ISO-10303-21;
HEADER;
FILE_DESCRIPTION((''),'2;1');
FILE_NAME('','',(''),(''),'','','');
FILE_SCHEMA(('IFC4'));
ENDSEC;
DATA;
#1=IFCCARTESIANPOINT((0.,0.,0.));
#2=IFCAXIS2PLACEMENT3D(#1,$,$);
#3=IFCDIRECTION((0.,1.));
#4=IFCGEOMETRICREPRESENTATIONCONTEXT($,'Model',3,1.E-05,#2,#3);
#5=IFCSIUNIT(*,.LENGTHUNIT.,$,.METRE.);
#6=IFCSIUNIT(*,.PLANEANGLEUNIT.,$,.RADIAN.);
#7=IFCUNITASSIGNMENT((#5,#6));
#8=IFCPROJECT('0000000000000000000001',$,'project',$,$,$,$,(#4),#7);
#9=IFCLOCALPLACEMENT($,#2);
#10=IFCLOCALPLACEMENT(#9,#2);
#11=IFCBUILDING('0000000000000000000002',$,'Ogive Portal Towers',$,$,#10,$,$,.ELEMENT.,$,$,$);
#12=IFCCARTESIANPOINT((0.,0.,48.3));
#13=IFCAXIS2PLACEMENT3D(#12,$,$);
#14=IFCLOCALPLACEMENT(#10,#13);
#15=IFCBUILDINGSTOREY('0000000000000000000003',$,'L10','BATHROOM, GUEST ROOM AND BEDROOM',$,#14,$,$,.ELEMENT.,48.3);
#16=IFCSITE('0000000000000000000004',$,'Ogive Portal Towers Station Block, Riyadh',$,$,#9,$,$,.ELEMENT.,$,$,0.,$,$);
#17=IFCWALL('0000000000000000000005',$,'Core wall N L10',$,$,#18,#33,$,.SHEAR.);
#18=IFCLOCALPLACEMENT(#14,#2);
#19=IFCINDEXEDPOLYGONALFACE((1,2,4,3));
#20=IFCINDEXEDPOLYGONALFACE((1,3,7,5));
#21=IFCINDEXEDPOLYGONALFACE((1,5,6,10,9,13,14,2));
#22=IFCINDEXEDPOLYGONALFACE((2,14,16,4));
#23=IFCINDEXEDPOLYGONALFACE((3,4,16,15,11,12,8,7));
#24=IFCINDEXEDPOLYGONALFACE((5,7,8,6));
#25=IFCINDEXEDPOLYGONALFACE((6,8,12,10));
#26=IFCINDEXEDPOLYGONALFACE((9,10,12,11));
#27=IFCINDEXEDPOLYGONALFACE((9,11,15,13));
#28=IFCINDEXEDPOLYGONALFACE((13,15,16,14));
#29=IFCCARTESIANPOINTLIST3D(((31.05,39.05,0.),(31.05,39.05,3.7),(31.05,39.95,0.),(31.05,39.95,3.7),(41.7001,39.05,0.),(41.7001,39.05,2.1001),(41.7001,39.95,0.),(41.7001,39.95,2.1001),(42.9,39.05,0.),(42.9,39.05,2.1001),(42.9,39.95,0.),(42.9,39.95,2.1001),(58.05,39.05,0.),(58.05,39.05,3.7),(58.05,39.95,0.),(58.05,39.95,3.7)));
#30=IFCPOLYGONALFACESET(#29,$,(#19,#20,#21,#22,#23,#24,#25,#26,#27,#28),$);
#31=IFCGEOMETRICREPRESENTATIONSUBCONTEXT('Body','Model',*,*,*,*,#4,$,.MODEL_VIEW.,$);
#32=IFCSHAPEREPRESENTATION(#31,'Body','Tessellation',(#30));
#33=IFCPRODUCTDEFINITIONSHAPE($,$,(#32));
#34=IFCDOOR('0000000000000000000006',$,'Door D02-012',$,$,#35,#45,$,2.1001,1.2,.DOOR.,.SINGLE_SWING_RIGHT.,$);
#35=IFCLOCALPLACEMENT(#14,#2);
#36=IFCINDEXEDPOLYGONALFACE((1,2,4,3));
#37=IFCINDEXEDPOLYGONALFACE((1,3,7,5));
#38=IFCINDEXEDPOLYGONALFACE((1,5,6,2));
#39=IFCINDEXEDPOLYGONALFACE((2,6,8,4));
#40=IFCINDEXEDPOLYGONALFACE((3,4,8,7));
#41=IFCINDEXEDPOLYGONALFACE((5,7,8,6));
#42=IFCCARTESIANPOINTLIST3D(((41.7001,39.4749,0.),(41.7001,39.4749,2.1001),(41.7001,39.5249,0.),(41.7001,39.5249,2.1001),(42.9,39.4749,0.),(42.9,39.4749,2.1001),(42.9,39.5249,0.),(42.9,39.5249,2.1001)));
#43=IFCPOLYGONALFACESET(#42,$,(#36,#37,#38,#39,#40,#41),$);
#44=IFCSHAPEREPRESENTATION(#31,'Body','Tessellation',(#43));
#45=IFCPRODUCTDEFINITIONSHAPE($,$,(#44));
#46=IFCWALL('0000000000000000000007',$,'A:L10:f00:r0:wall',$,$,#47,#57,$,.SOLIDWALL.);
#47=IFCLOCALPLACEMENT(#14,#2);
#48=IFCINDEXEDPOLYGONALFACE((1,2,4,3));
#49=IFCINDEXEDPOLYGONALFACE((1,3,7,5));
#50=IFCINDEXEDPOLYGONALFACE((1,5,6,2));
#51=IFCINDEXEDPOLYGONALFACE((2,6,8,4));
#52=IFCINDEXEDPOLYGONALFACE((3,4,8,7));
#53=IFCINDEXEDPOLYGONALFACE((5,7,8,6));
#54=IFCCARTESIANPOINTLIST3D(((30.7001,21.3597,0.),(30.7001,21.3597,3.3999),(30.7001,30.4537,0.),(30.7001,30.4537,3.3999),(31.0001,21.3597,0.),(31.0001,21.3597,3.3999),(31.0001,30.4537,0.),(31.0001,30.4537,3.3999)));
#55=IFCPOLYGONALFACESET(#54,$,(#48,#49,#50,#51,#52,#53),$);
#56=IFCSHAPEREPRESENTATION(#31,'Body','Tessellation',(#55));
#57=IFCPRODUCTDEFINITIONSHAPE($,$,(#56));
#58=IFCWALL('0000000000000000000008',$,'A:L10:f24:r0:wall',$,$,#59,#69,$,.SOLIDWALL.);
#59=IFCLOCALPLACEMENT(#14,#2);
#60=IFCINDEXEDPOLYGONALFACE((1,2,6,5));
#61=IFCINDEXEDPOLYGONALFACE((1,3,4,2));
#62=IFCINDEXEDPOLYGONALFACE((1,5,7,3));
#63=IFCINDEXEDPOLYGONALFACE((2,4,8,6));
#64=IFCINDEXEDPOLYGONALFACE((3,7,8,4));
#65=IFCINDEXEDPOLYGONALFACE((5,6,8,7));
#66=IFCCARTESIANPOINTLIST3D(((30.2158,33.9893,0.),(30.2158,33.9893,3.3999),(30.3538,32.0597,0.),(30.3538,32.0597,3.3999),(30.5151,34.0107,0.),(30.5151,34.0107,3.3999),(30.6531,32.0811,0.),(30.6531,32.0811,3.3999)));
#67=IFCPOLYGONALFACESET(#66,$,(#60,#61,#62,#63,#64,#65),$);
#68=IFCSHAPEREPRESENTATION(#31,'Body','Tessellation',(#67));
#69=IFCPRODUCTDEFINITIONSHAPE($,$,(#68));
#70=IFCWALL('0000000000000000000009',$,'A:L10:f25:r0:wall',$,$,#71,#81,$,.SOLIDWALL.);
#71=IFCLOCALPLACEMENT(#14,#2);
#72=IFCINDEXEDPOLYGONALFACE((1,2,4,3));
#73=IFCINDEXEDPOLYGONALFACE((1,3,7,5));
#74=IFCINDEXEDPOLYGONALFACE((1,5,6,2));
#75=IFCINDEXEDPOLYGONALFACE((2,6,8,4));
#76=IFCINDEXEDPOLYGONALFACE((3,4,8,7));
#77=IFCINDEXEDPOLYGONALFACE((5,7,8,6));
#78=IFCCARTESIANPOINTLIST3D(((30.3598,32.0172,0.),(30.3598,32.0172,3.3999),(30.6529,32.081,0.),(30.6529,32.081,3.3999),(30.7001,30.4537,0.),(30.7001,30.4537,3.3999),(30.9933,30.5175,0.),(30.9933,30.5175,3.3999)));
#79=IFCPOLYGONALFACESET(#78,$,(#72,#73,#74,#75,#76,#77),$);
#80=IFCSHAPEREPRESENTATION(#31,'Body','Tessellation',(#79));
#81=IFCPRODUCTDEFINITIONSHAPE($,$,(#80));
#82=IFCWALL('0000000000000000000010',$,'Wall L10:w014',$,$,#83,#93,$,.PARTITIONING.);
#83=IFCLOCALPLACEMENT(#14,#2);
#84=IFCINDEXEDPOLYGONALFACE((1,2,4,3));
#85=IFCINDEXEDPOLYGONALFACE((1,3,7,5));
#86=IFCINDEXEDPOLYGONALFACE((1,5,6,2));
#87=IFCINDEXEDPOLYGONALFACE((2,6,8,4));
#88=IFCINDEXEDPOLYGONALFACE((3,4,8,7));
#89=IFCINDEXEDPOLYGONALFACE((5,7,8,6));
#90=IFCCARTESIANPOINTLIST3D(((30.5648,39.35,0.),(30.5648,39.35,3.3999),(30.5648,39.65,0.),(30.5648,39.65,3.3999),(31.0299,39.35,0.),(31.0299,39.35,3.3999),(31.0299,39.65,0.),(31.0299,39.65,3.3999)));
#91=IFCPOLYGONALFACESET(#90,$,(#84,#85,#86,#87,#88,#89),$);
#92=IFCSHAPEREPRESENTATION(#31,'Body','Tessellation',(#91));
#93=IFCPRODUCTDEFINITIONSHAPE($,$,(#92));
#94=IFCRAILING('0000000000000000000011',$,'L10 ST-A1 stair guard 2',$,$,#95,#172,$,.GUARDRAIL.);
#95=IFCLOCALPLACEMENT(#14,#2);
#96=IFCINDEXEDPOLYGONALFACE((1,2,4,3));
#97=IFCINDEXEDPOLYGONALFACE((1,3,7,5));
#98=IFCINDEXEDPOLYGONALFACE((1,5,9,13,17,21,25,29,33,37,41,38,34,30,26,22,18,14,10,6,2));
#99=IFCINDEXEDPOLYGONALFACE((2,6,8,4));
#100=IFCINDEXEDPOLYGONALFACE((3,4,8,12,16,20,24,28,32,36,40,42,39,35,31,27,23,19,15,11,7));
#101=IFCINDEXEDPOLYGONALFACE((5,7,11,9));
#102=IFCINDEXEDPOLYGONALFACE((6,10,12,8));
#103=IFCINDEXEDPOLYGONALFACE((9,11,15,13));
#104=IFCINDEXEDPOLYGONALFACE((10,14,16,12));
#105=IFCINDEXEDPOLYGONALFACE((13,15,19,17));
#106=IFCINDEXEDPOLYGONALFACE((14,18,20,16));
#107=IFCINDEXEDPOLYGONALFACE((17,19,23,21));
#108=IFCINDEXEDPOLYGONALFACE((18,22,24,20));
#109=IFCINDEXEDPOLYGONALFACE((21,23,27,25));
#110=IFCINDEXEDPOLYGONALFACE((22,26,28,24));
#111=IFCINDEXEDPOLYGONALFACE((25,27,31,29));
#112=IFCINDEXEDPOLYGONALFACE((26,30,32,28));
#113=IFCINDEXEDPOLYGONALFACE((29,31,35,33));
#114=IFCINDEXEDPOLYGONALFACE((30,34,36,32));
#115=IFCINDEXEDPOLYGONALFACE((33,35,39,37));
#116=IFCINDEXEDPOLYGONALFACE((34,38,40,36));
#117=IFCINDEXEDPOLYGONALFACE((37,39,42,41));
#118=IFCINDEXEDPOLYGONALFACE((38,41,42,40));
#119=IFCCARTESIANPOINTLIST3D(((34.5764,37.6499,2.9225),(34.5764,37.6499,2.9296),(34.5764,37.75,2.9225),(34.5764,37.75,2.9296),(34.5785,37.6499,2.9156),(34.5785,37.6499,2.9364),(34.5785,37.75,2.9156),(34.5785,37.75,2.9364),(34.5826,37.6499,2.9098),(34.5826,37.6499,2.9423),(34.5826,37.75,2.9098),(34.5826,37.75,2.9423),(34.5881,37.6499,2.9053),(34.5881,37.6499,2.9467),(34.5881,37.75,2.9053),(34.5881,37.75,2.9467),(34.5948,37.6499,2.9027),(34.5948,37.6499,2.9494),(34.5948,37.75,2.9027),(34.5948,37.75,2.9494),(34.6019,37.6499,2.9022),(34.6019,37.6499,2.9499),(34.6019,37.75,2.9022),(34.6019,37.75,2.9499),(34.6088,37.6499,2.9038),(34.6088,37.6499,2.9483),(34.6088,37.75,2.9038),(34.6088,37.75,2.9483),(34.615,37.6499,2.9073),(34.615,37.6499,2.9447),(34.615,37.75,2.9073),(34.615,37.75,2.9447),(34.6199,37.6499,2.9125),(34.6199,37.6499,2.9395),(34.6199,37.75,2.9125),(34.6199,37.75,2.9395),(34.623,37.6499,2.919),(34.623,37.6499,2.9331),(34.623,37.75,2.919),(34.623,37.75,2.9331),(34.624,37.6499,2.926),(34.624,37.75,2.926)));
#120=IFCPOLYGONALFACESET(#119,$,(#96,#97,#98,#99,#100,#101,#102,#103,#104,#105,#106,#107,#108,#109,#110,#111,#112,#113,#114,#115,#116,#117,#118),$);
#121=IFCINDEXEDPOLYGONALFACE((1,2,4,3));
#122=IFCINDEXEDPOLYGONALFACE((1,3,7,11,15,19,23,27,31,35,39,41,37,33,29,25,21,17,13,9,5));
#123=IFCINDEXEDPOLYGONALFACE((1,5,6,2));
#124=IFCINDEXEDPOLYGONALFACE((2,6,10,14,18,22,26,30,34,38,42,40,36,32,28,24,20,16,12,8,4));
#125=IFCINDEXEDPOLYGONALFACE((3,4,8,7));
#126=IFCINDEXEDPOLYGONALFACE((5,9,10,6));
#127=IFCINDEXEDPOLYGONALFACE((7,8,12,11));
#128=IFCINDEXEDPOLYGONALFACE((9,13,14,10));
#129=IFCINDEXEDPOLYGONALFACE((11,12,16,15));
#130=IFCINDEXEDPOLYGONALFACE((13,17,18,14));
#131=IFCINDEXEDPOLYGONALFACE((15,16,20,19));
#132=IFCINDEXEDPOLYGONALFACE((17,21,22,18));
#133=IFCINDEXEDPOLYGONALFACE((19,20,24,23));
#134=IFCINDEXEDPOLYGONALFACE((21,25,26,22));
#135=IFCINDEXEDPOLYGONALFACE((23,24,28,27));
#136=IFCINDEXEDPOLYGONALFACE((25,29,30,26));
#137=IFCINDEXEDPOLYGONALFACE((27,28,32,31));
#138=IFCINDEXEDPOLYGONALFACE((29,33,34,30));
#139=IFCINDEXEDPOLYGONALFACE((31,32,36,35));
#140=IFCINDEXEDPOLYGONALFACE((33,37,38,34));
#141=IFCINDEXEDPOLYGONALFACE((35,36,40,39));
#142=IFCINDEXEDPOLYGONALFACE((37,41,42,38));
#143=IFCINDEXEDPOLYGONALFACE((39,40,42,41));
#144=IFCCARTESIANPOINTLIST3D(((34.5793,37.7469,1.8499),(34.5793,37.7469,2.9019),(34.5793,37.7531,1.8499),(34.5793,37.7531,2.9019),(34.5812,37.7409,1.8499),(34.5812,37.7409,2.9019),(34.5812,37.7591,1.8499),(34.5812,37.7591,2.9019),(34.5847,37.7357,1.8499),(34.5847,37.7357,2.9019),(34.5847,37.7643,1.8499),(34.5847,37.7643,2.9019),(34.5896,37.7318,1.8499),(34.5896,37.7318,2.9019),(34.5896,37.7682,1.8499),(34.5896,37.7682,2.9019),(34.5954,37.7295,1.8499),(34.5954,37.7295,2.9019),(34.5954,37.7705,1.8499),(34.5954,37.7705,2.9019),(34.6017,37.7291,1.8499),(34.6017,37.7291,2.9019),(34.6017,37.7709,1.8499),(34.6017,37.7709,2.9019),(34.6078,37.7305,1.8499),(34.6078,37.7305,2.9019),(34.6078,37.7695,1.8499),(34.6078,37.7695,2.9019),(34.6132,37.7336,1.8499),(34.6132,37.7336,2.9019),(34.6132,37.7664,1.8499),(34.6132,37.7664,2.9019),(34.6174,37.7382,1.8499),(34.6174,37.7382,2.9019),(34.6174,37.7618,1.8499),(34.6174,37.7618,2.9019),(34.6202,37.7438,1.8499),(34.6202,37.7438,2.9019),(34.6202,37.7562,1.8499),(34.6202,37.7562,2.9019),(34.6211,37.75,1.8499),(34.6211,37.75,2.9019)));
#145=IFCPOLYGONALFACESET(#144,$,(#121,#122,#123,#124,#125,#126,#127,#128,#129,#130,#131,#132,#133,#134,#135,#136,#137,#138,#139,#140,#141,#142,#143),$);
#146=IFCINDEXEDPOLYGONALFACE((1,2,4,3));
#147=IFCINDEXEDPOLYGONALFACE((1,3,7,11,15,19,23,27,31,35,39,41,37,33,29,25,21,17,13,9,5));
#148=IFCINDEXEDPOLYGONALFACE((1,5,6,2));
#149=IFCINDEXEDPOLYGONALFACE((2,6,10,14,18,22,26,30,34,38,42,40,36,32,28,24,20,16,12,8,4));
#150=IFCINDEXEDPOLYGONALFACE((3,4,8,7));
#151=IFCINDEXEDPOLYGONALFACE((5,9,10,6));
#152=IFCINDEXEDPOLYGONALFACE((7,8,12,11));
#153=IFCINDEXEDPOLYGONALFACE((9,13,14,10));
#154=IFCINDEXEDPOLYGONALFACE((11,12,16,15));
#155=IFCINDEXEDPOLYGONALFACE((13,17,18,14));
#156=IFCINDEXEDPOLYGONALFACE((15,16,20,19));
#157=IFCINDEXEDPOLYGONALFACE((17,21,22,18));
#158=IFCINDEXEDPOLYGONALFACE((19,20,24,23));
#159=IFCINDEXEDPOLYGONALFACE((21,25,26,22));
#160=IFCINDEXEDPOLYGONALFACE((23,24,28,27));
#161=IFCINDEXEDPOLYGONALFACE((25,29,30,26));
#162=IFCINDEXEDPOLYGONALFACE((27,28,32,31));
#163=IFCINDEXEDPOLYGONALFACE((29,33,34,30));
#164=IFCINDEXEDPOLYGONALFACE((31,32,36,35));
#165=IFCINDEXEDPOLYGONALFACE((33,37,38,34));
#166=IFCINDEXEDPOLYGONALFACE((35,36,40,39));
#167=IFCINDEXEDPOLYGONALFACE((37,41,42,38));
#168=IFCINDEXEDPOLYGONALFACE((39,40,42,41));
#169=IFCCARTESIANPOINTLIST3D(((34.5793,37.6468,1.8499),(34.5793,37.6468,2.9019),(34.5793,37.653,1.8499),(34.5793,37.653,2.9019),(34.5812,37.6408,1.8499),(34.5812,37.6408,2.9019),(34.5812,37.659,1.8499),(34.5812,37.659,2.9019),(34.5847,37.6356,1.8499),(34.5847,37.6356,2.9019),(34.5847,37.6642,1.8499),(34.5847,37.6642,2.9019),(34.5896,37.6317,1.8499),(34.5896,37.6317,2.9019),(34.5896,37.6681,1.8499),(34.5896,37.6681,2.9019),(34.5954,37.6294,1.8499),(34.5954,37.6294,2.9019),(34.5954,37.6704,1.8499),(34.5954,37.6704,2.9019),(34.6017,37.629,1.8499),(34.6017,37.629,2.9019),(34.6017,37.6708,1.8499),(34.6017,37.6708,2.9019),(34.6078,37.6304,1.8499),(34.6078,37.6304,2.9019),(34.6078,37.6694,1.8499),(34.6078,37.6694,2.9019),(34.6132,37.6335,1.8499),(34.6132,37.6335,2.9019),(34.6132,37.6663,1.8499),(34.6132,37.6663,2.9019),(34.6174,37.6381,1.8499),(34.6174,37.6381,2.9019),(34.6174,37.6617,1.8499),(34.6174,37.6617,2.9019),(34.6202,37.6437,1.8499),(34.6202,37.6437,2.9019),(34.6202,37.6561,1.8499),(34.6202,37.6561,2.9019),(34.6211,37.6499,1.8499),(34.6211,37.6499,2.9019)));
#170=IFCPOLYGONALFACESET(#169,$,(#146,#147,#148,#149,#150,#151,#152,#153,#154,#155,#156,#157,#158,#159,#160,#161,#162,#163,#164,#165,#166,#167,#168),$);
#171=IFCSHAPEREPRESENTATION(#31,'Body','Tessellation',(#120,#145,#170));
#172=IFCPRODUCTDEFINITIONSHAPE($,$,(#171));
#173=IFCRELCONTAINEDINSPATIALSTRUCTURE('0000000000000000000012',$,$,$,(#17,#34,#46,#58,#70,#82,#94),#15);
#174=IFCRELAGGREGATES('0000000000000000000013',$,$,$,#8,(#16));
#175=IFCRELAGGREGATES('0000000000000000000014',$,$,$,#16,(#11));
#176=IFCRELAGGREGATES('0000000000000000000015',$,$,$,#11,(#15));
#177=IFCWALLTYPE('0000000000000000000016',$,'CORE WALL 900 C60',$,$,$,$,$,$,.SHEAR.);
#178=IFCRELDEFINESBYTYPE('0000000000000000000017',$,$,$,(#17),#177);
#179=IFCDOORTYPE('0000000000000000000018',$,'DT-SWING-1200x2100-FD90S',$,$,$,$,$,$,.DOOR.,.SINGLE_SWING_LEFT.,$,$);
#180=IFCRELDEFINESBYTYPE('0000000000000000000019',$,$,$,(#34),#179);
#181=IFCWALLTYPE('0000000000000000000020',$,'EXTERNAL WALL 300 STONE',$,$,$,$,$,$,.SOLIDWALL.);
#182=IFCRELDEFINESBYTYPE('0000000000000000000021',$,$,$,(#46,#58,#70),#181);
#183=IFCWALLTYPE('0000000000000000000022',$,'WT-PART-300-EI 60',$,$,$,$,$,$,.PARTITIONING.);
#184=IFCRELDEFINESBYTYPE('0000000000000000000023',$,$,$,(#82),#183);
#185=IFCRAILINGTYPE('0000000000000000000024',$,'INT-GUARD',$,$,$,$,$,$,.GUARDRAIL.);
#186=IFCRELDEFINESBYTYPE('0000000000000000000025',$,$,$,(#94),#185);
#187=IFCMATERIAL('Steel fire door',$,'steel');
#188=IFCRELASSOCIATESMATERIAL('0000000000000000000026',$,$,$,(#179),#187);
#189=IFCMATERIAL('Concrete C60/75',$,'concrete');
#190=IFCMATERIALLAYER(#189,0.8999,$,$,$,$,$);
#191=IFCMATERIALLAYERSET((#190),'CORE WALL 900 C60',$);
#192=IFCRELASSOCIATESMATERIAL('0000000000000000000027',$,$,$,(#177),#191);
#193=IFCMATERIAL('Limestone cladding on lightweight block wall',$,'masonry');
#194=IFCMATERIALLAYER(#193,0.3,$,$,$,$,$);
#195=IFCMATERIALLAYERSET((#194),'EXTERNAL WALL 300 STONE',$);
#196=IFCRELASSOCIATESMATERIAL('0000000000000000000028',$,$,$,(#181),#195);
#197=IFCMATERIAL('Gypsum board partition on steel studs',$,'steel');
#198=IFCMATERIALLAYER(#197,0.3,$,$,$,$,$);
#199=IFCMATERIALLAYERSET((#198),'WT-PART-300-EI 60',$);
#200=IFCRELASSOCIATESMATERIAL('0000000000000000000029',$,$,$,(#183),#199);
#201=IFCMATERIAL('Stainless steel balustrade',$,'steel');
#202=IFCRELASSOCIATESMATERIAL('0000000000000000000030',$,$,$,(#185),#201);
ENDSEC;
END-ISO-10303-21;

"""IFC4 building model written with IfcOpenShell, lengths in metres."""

from ifc_helpers import new_model, si_unit, direction, frame, frame_2d, origin, origin_2d, place, context, subcontext, project, spatial, rectangle, circle, extrude, material, layer, layer_set, type_object, element, fill, save


model = new_model("IFC4")

# Units and contexts
model_context = context("Model", 3, precision=1e-05, world=origin(), true_north=direction((0.0, 1.0)))
body_context = subcontext(model_context, "Body", "Model", "MODEL_VIEW")
ifc_project = project(units=[si_unit("LENGTHUNIT", "METRE"), si_unit("PLANEANGLEUNIT", "RADIAN")], contexts=[model_context])

# Site, building, storey
site_placement = place(None, origin())
site = spatial("IfcSite", under=ifc_project, at=site_placement, Name="Ogive Portal Towers Station Block, Riyadh", CompositionType="ELEMENT", RefElevation=0.0)
building_placement = place(site_placement, origin())
building = spatial("IfcBuilding", under=site, at=building_placement, Name="Ogive Portal Towers", CompositionType="ELEMENT")
storey_placement = place(building_placement, frame((0.0, 0.0, 48.3)))
storey = spatial("IfcBuildingStorey", under=building, at=storey_placement, Name="L10", Description="BATHROOM, GUEST ROOM AND BEDROOM", CompositionType="ELEMENT", Elevation=48.3)

# Shared definitions
ifc_material_1 = material(Name="Concrete C60/75", Category="concrete")
ifc_material_2 = material(Name="Steel fire door", Category="steel")
door_type_1 = type_object("IfcDoorType", Name="DT-SWING-1200x2100-FD90S", OperationType="SINGLE_SWING_LEFT", PredefinedType="DOOR", material=ifc_material_2)

# Wall, opening, door
ifc_layer_1 = layer(ifc_material_1, 0.8999)
ifc_layer_set_1 = layer_set([ifc_layer_1], Name="CORE WALL 900 C60")
wall_type_1 = type_object("IfcWallType", Name="CORE WALL 900 C60", PredefinedType="SHEAR", material=ifc_layer_set_1)
wall_1_placement = place(storey_placement, frame((31.05, 39.5, 0.0), z_axis=(0.0, 0.0, 1.0), x_axis=(1.0, 0.0, 0.0)))
wall_1 = element("IfcWall", 1, at=wall_1_placement, inside=storey, type_object=wall_type_1, Name="Core wall N L10", PredefinedType="SHEAR", context=body_context, shape_type="SweptSolid", body=[
    extrude(rectangle(XDim=27.0, YDim=0.8999, at=frame_2d((13.5, 0.0))), origin(), (0.0, 0.0, 1.0), 3.7),
])
opening_1_placement = place(wall_1_placement, frame((10.6499, 0.0, 0.0)))
opening_1 = element("IfcOpeningElement", 2, at=opening_1_placement, cuts=wall_1, PredefinedType="OPENING", context=body_context, shape_type="SweptSolid", body=[
    extrude(rectangle(XDim=1.2, YDim=2.1001, at=frame_2d((0.6001, 1.05))), frame((0.0, 0.46, 0.0), z_axis=(0.0, -1.0, 0.0), x_axis=(1.0, 0.0, 0.0)), (0.0, 0.0, 1.0), 0.9199),
])
door_1_placement = place(opening_1_placement, origin())
door_1 = element("IfcDoor", 3, at=door_1_placement, inside=storey, type_object=door_type_1, Name="Door D02-012", OperationType="SINGLE_SWING_RIGHT", OverallHeight=2.1001, OverallWidth=1.2, PredefinedType="DOOR", context=body_context, shape_type="SweptSolid", body=[
    extrude(rectangle(XDim=1.2, YDim=2.1001, at=frame_2d((0.6001, 1.05))), frame((0.0, 0.0249, 0.0), z_axis=(0.0, -1.0, 0.0), x_axis=(1.0, 0.0, 0.0)), (0.0, 0.0, 1.0), 0.05),
])
fill(opening_1, door_1)

# Walls
ifc_material_3 = material(Name="Limestone cladding on lightweight block wall", Category="masonry")
ifc_layer_2 = layer(ifc_material_3, 0.3)
ifc_layer_set_2 = layer_set([ifc_layer_2], Name="EXTERNAL WALL 300 STONE")
wall_type_2 = type_object("IfcWallType", Name="EXTERNAL WALL 300 STONE", PredefinedType="SOLIDWALL", material=ifc_layer_set_2)
wall_2_placement = place(storey_placement, frame((30.8501, 30.4536, 0.0), z_axis=(0.0, 0.0, 1.0), x_axis=(0.0, -1.0, 0.0)))
element("IfcWall", 4, at=wall_2_placement, inside=storey, type_object=wall_type_2, Name="A:L10:f00:r0:wall", PredefinedType="SOLIDWALL", context=body_context, shape_type="SweptSolid", body=[
    extrude(rectangle(XDim=9.094, YDim=0.3, at=frame_2d((4.5469, 0.0))), origin(), (0.0, 0.0, 1.0), 3.3999),
])
wall_3_placement = place(storey_placement, frame((30.3655, 34.0, 0.0), z_axis=(0.0, 0.0, 1.0), x_axis=(0.071301, -0.997455, 0.0)))
element("IfcWall", 5, at=wall_3_placement, inside=storey, type_object=wall_type_2, Name="A:L10:f24:r0:wall", PredefinedType="SOLIDWALL", context=body_context, shape_type="SweptSolid", body=[
    extrude(rectangle(XDim=1.9346, YDim=0.3, at=frame_2d((0.9673, 0.0))), origin(), (0.0, 0.0, 1.0), 3.3999),
])
wall_4_placement = place(storey_placement, frame((30.5063, 32.0491, 0.0), z_axis=(0.0, 0.0, 1.0), x_axis=(0.212696, -0.977118, 0.0)))
element("IfcWall", 6, at=wall_4_placement, inside=storey, type_object=wall_type_2, Name="A:L10:f25:r0:wall", PredefinedType="SOLIDWALL", context=body_context, shape_type="SweptSolid", body=[
    extrude(rectangle(XDim=1.6001, YDim=0.3, at=frame_2d((0.8, 0.0))), origin(), (0.0, 0.0, 1.0), 3.3999),
])
ifc_material_4 = material(Name="Gypsum board partition on steel studs", Category="steel")
ifc_layer_3 = layer(ifc_material_4, 0.3)
ifc_layer_set_3 = layer_set([ifc_layer_3], Name="WT-PART-300-EI 60")
wall_type_3 = type_object("IfcWallType", Name="WT-PART-300-EI 60", PredefinedType="PARTITIONING", material=ifc_layer_set_3)
wall_5_placement = place(storey_placement, frame((30.5649, 39.5, 0.0), z_axis=(0.0, 0.0, 1.0), x_axis=(1.0, 0.0, 0.0)))
element("IfcWall", 7, at=wall_5_placement, inside=storey, type_object=wall_type_3, Name="Wall L10:w014", PredefinedType="PARTITIONING", context=body_context, shape_type="SweptSolid", body=[
    extrude(rectangle(XDim=0.4651, YDim=0.3, at=frame_2d((0.2324, 0.0))), origin(), (0.0, 0.0, 1.0), 3.3999),
])

# Railing
ifc_material_5 = material(Name="Stainless steel balustrade", Category="steel")
railing_type_1 = type_object("IfcRailingType", Name="INT-GUARD", PredefinedType="GUARDRAIL", material=ifc_material_5)
railing_1_placement = place(storey_placement, frame((34.6001, 37.75, 1.8499)))
element("IfcRailing", 8, at=railing_1_placement, inside=storey, type_object=railing_type_1, Name="L10 ST-A1 stair guard 2", PredefinedType="GUARDRAIL", context=body_context, shape_type="SweptSolid", body=[
    extrude(circle(Radius=0.0239, at=origin_2d()), frame((0.0, 0.0, 1.0762), z_axis=(0.0, -1.0, 0.0), x_axis=(1.0, 0.0, 0.0)), (0.0, 0.0, 1.0), 0.1001),
    extrude(circle(Radius=0.021, at=origin_2d()), origin(), (0.0, 0.0, 1.0), 1.052),
    extrude(circle(Radius=0.021, at=origin_2d()), frame((0.0, -0.1001, 0.0)), (0.0, 0.0, 1.0), 1.052),
])

save(model, "model.ifc")
